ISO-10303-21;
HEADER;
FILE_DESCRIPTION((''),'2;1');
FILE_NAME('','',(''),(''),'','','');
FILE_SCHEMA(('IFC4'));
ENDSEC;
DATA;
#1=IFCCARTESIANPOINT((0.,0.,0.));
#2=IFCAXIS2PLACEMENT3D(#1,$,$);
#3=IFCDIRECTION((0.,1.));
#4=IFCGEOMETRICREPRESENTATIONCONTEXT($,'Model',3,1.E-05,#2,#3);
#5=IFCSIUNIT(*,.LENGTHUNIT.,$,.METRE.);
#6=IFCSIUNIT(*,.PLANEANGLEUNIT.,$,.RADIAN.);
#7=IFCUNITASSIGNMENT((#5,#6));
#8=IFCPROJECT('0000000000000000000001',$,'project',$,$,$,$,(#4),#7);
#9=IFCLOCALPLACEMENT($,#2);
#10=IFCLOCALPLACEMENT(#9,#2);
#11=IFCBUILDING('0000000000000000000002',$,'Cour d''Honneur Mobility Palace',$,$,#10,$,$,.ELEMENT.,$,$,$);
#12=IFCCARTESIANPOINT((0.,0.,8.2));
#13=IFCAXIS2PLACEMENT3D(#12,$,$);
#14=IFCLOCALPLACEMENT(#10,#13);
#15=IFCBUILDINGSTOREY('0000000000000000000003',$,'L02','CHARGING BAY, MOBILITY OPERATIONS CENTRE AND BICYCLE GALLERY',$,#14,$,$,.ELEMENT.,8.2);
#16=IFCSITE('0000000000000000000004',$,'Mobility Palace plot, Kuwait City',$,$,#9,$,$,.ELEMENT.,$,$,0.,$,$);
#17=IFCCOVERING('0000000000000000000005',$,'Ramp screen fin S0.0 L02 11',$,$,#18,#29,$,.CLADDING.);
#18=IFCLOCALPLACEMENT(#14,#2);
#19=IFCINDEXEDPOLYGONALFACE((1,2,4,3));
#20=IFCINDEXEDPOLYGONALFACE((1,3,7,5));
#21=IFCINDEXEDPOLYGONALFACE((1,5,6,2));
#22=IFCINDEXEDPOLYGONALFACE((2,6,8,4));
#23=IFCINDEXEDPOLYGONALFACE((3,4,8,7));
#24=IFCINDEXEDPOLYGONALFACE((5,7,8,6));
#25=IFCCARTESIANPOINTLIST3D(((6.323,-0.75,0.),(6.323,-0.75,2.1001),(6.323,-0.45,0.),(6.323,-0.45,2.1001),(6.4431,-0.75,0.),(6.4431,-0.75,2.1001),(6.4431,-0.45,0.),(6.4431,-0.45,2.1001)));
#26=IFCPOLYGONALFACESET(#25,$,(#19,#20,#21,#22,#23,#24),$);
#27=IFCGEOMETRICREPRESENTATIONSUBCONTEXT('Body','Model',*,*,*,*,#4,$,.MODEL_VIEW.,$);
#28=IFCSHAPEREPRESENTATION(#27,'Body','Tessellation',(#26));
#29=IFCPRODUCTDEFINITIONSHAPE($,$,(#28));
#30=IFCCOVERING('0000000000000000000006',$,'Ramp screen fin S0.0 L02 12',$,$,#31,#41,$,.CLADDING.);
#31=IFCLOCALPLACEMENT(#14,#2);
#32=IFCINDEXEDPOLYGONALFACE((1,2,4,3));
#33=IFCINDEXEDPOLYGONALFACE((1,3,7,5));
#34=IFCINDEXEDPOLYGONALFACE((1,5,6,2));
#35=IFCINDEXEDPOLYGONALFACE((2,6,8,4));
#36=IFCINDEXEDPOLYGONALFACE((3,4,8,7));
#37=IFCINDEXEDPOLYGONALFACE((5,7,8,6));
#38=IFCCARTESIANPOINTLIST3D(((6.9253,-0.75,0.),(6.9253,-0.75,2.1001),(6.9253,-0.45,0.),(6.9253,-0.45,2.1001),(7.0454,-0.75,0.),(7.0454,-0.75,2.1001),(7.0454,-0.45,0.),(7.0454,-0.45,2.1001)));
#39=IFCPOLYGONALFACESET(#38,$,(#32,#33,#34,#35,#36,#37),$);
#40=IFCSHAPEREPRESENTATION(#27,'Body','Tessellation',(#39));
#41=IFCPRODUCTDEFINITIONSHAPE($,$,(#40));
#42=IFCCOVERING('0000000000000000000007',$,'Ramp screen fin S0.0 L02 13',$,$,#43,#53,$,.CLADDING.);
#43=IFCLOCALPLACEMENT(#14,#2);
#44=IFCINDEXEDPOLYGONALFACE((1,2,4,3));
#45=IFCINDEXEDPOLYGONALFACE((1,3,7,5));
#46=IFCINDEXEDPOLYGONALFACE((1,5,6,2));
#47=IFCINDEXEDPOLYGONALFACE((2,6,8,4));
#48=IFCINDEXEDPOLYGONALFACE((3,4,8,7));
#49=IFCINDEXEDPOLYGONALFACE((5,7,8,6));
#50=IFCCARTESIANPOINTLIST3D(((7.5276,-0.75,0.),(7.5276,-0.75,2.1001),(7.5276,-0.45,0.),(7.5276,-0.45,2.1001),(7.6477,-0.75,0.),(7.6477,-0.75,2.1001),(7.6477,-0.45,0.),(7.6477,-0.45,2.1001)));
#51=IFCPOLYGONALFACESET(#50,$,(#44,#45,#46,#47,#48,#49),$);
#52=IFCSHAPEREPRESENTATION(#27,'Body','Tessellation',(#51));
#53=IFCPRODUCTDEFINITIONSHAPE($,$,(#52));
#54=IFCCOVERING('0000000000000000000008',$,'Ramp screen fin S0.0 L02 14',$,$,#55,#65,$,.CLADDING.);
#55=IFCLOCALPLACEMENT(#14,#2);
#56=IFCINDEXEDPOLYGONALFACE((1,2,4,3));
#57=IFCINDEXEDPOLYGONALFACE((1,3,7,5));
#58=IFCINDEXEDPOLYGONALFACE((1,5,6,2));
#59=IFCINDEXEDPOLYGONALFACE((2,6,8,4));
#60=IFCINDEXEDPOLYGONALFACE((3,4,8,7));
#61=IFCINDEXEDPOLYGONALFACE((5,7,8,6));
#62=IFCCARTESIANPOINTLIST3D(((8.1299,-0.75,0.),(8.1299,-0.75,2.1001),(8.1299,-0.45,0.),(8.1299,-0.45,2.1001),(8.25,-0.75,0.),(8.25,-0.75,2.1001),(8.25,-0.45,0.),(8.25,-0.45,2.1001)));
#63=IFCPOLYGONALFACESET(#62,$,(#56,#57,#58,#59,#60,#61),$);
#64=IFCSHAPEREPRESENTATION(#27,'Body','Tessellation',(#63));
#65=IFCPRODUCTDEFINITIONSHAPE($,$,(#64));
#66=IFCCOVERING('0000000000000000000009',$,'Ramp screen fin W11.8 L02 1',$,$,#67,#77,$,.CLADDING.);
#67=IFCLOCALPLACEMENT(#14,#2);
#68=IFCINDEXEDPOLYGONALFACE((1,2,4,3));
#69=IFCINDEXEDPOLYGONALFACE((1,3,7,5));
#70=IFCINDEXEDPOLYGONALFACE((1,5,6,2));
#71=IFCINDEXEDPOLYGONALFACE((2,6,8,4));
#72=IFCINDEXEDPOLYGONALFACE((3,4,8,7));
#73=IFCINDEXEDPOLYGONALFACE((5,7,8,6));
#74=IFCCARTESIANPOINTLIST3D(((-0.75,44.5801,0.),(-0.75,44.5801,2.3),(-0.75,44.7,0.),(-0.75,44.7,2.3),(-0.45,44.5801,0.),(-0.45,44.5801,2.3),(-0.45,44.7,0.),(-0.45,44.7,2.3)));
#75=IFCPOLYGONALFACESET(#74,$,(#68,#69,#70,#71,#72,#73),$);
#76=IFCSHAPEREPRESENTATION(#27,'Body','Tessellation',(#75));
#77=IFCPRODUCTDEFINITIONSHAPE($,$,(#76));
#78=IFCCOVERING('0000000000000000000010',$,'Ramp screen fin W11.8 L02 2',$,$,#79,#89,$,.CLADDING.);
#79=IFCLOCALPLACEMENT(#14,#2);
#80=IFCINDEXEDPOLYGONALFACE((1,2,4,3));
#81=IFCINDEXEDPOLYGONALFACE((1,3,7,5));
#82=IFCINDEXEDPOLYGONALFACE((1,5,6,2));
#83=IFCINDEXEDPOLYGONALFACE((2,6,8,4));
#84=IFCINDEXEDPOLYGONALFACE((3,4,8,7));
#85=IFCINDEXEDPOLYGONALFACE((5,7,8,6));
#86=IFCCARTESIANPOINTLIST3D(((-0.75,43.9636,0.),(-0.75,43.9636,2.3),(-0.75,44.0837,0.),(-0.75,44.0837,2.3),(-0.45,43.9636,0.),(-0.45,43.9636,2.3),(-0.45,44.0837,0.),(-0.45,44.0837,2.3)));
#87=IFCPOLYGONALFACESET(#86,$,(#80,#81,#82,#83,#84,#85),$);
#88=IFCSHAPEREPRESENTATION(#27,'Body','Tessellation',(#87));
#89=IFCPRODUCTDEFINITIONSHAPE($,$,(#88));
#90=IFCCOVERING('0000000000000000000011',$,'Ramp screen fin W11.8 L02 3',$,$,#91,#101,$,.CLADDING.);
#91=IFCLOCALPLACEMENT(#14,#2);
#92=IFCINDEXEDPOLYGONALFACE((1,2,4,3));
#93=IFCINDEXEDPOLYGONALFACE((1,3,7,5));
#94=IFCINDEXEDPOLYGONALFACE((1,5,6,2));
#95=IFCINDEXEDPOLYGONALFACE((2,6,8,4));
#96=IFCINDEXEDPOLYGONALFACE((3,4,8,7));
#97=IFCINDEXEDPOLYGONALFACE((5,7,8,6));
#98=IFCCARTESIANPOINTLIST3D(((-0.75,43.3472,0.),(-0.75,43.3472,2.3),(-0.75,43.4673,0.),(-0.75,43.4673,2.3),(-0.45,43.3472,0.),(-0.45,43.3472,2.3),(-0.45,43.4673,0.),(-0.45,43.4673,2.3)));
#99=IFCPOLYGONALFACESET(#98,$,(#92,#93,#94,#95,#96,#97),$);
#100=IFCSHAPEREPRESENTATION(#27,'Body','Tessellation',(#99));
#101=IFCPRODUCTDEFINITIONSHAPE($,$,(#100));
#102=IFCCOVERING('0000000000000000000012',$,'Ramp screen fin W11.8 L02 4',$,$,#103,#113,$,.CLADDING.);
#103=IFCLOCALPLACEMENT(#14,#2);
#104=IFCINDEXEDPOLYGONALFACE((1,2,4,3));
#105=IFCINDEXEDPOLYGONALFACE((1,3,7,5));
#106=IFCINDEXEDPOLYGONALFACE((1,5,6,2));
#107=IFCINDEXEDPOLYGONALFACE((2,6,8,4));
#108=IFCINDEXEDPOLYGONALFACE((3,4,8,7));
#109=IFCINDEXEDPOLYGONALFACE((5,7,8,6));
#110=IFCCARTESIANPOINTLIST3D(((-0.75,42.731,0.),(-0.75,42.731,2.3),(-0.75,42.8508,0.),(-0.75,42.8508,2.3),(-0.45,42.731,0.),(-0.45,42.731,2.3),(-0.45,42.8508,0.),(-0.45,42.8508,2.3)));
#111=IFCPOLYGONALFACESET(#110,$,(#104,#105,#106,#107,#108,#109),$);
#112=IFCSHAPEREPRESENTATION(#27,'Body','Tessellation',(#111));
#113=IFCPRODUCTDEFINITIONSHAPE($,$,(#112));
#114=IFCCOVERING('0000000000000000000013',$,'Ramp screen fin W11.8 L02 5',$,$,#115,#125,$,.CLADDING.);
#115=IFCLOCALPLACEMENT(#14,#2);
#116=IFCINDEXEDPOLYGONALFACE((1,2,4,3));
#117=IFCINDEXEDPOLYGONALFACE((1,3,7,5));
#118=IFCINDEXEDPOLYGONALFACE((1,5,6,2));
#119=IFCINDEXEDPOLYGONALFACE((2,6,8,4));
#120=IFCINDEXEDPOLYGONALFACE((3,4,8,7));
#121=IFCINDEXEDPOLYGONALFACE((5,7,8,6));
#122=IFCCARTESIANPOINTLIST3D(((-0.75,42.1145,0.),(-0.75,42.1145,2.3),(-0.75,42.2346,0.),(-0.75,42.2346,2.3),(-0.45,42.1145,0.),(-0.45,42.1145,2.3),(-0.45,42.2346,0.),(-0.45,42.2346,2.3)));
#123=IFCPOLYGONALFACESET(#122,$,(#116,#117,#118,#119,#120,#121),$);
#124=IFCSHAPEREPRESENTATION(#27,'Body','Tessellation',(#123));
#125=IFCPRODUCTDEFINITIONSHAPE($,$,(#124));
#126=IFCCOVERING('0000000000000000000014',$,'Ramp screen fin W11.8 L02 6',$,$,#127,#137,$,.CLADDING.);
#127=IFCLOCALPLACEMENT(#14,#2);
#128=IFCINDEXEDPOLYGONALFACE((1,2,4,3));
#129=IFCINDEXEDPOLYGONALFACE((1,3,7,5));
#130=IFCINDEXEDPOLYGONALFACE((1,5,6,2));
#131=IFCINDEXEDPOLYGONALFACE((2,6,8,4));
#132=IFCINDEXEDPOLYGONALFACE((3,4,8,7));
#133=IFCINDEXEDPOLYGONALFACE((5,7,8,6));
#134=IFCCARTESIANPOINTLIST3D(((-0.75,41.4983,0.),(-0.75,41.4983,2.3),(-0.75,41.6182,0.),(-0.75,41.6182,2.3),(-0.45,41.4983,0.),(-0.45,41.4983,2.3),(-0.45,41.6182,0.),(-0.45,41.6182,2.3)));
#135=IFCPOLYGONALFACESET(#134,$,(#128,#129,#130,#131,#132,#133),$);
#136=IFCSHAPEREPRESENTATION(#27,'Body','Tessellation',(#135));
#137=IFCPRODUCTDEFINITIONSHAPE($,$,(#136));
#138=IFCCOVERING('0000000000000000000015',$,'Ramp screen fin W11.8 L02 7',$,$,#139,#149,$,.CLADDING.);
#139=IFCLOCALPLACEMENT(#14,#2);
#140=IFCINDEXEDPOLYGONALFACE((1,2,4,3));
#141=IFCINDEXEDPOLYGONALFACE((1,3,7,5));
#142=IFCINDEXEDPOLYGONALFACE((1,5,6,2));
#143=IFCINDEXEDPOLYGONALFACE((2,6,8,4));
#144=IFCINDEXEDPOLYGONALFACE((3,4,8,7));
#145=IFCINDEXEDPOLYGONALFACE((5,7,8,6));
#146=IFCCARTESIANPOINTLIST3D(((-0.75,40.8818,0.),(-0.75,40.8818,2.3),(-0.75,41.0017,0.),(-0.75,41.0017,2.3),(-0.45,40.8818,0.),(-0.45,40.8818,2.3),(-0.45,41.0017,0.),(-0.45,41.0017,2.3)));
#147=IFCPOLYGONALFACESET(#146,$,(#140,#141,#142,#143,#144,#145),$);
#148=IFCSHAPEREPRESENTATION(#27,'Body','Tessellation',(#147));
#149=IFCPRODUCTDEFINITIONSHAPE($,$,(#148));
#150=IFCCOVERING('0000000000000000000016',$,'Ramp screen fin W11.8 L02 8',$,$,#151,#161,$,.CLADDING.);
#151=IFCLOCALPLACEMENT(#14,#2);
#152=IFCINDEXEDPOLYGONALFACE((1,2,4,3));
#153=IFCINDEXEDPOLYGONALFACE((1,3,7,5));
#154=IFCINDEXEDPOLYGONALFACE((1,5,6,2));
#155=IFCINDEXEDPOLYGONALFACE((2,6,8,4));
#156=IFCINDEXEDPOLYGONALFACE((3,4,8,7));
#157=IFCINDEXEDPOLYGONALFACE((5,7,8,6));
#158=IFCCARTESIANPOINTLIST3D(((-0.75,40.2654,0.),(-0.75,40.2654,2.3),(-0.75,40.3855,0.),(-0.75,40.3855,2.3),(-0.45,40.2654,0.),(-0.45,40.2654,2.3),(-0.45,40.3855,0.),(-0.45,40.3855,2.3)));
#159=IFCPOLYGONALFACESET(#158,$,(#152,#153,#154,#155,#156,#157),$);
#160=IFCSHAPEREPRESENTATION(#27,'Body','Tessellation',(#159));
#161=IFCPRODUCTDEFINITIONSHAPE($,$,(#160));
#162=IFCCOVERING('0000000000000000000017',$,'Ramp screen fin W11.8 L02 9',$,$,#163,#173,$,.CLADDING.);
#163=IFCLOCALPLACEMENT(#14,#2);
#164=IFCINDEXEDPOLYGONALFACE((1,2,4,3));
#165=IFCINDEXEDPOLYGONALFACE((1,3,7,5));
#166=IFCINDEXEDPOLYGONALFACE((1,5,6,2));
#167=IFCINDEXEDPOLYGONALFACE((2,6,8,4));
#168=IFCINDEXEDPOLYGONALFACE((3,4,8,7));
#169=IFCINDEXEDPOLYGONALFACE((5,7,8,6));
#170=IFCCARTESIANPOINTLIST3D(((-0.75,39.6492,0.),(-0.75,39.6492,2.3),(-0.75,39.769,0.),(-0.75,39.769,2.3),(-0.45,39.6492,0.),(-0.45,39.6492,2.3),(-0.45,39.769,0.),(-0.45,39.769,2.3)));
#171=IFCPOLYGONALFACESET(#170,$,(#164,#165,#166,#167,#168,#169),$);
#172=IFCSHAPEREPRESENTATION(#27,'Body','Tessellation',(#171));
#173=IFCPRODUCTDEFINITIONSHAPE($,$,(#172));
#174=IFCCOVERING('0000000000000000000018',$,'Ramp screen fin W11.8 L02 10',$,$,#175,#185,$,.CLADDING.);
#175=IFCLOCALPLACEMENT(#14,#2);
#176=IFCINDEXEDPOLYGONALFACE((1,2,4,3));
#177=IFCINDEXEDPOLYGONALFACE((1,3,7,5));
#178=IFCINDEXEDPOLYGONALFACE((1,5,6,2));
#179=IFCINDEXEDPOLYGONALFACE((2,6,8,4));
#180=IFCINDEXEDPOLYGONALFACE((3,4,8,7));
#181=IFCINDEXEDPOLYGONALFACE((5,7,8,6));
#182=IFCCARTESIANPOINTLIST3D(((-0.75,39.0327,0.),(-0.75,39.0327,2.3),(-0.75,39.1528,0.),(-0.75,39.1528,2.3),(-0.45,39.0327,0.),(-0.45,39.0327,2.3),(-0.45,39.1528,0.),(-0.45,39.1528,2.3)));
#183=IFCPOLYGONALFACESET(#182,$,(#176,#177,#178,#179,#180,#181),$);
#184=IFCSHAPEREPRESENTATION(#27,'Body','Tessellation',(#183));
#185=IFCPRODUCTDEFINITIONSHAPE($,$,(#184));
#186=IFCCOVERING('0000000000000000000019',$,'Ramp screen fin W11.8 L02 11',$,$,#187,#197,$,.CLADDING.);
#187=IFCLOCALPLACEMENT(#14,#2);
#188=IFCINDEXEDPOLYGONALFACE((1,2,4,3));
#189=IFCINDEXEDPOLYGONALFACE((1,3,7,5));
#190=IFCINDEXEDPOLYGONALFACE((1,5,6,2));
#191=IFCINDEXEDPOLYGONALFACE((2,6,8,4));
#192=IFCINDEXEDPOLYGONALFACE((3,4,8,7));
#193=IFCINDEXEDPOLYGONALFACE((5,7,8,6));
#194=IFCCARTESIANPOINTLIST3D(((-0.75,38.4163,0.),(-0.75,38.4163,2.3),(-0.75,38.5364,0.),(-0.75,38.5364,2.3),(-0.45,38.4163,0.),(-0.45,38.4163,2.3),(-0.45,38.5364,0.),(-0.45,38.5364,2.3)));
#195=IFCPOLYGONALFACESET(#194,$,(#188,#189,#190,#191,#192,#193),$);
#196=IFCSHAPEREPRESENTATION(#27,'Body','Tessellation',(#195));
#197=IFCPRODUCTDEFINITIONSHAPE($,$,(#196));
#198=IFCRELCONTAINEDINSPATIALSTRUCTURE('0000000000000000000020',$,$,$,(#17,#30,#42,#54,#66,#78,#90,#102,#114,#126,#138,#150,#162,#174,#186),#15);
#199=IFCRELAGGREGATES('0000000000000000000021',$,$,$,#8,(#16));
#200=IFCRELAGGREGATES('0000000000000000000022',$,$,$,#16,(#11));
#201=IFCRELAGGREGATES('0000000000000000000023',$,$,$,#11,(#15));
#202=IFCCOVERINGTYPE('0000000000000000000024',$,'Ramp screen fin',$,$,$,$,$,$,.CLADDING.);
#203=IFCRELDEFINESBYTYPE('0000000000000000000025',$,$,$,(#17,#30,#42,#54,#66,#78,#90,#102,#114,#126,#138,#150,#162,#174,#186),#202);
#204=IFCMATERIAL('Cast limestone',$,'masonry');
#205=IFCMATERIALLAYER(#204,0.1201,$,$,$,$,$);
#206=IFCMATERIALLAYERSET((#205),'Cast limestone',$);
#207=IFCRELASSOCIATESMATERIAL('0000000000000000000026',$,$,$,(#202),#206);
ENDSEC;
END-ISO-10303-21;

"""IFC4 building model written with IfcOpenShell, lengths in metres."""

from ifc_helpers import new_model, si_unit, direction, frame, origin, place, context, subcontext, project, spatial, polyline, outline, extrude, material, layer, layer_set, type_object, element, save


model = new_model("IFC4")

# Units and contexts
model_context = context("Model", 3, precision=1e-05, world=origin(), true_north=direction((0.0, 1.0)))
body_context = subcontext(model_context, "Body", "Model", "MODEL_VIEW")
ifc_project = project(units=[si_unit("LENGTHUNIT", "METRE"), si_unit("PLANEANGLEUNIT", "RADIAN")], contexts=[model_context])

# Site, building, storey
site_placement = place(None, origin())
site = spatial("IfcSite", under=ifc_project, at=site_placement, Name="Mobility Palace plot, Kuwait City", CompositionType="ELEMENT", RefElevation=0.0)
building_placement = place(site_placement, origin())
building = spatial("IfcBuilding", under=site, at=building_placement, Name="Cour d'Honneur Mobility Palace", CompositionType="ELEMENT")
storey_placement = place(building_placement, frame((0.0, 0.0, 8.2)))
storey = spatial("IfcBuildingStorey", under=building, at=storey_placement, Name="L02", Description="CHARGING BAY, MOBILITY OPERATIONS CENTRE AND BICYCLE GALLERY", CompositionType="ELEMENT", Elevation=8.2)

# Coverings
ifc_material = material(Name="Cast limestone", Category="masonry")
ifc_layer = layer(ifc_material, 0.1201)
ifc_layer_set = layer_set([ifc_layer], Name="Cast limestone")
covering_type = type_object("IfcCoveringType", Name="Ramp screen fin", PredefinedType="CLADDING", material=ifc_layer_set)
covering_1_placement = place(storey_placement, origin())
element("IfcCovering", 1, at=covering_1_placement, inside=storey, type_object=covering_type, Name="Ramp screen fin S0.0 L02 11", PredefinedType="CLADDING", context=body_context, shape_type="SweptSolid", body=[
    extrude(outline(polyline([(6.323, -0.45), (6.4431, -0.45), (6.4431, -0.75), (6.323, -0.75), (6.323, -0.45)])), origin(), (0.0, 0.0, 1.0), 2.1001),
])
covering_2_placement = place(storey_placement, origin())
element("IfcCovering", 2, at=covering_2_placement, inside=storey, type_object=covering_type, Name="Ramp screen fin S0.0 L02 12", PredefinedType="CLADDING", context=body_context, shape_type="SweptSolid", body=[
    extrude(outline(polyline([(6.9253, -0.45), (7.0454, -0.45), (7.0454, -0.75), (6.9253, -0.75), (6.9253, -0.45)])), origin(), (0.0, 0.0, 1.0), 2.1001),
])
covering_3_placement = place(storey_placement, origin())
element("IfcCovering", 3, at=covering_3_placement, inside=storey, type_object=covering_type, Name="Ramp screen fin S0.0 L02 13", PredefinedType="CLADDING", context=body_context, shape_type="SweptSolid", body=[
    extrude(outline(polyline([(7.5276, -0.45), (7.6477, -0.45), (7.6477, -0.75), (7.5276, -0.75), (7.5276, -0.45)])), origin(), (0.0, 0.0, 1.0), 2.1001),
])
covering_4_placement = place(storey_placement, origin())
element("IfcCovering", 4, at=covering_4_placement, inside=storey, type_object=covering_type, Name="Ramp screen fin S0.0 L02 14", PredefinedType="CLADDING", context=body_context, shape_type="SweptSolid", body=[
    extrude(outline(polyline([(8.1299, -0.45), (8.25, -0.45), (8.25, -0.75), (8.1299, -0.75), (8.1299, -0.45)])), origin(), (0.0, 0.0, 1.0), 2.1001),
])
covering_5_placement = place(storey_placement, origin())
element("IfcCovering", 5, at=covering_5_placement, inside=storey, type_object=covering_type, Name="Ramp screen fin W11.8 L02 1", PredefinedType="CLADDING", context=body_context, shape_type="SweptSolid", body=[
    extrude(outline(polyline([(-0.45, 44.7), (-0.45, 44.5801), (-0.75, 44.5801), (-0.75, 44.7), (-0.45, 44.7)])), origin(), (0.0, 0.0, 1.0), 2.3),
])
covering_6_placement = place(storey_placement, origin())
element("IfcCovering", 6, at=covering_6_placement, inside=storey, type_object=covering_type, Name="Ramp screen fin W11.8 L02 2", PredefinedType="CLADDING", context=body_context, shape_type="SweptSolid", body=[
    extrude(outline(polyline([(-0.45, 44.0837), (-0.45, 43.9636), (-0.75, 43.9636), (-0.75, 44.0837), (-0.45, 44.0837)])), origin(), (0.0, 0.0, 1.0), 2.3),
])
covering_7_placement = place(storey_placement, origin())
element("IfcCovering", 7, at=covering_7_placement, inside=storey, type_object=covering_type, Name="Ramp screen fin W11.8 L02 3", PredefinedType="CLADDING", context=body_context, shape_type="SweptSolid", body=[
    extrude(outline(polyline([(-0.45, 43.4673), (-0.45, 43.3472), (-0.75, 43.3472), (-0.75, 43.4673), (-0.45, 43.4673)])), origin(), (0.0, 0.0, 1.0), 2.3),
])
covering_8_placement = place(storey_placement, origin())
element("IfcCovering", 8, at=covering_8_placement, inside=storey, type_object=covering_type, Name="Ramp screen fin W11.8 L02 4", PredefinedType="CLADDING", context=body_context, shape_type="SweptSolid", body=[
    extrude(outline(polyline([(-0.45, 42.8508), (-0.45, 42.731), (-0.75, 42.731), (-0.75, 42.8508), (-0.45, 42.8508)])), origin(), (0.0, 0.0, 1.0), 2.3),
])
covering_9_placement = place(storey_placement, origin())
element("IfcCovering", 9, at=covering_9_placement, inside=storey, type_object=covering_type, Name="Ramp screen fin W11.8 L02 5", PredefinedType="CLADDING", context=body_context, shape_type="SweptSolid", body=[
    extrude(outline(polyline([(-0.45, 42.2346), (-0.45, 42.1145), (-0.75, 42.1145), (-0.75, 42.2346), (-0.45, 42.2346)])), origin(), (0.0, 0.0, 1.0), 2.3),
])
covering_10_placement = place(storey_placement, origin())
element("IfcCovering", 10, at=covering_10_placement, inside=storey, type_object=covering_type, Name="Ramp screen fin W11.8 L02 6", PredefinedType="CLADDING", context=body_context, shape_type="SweptSolid", body=[
    extrude(outline(polyline([(-0.45, 41.6182), (-0.45, 41.4983), (-0.75, 41.4983), (-0.75, 41.6182), (-0.45, 41.6182)])), origin(), (0.0, 0.0, 1.0), 2.3),
])
covering_11_placement = place(storey_placement, origin())
element("IfcCovering", 11, at=covering_11_placement, inside=storey, type_object=covering_type, Name="Ramp screen fin W11.8 L02 7", PredefinedType="CLADDING", context=body_context, shape_type="SweptSolid", body=[
    extrude(outline(polyline([(-0.45, 41.0017), (-0.45, 40.8818), (-0.75, 40.8818), (-0.75, 41.0017), (-0.45, 41.0017)])), origin(), (0.0, 0.0, 1.0), 2.3),
])
covering_12_placement = place(storey_placement, origin())
element("IfcCovering", 12, at=covering_12_placement, inside=storey, type_object=covering_type, Name="Ramp screen fin W11.8 L02 8", PredefinedType="CLADDING", context=body_context, shape_type="SweptSolid", body=[
    extrude(outline(polyline([(-0.45, 40.3855), (-0.45, 40.2654), (-0.75, 40.2654), (-0.75, 40.3855), (-0.45, 40.3855)])), origin(), (0.0, 0.0, 1.0), 2.3),
])
covering_13_placement = place(storey_placement, origin())
element("IfcCovering", 13, at=covering_13_placement, inside=storey, type_object=covering_type, Name="Ramp screen fin W11.8 L02 9", PredefinedType="CLADDING", context=body_context, shape_type="SweptSolid", body=[
    extrude(outline(polyline([(-0.45, 39.769), (-0.45, 39.6492), (-0.75, 39.6492), (-0.75, 39.769), (-0.45, 39.769)])), origin(), (0.0, 0.0, 1.0), 2.3),
])
covering_14_placement = place(storey_placement, origin())
element("IfcCovering", 14, at=covering_14_placement, inside=storey, type_object=covering_type, Name="Ramp screen fin W11.8 L02 10", PredefinedType="CLADDING", context=body_context, shape_type="SweptSolid", body=[
    extrude(outline(polyline([(-0.45, 39.1528), (-0.45, 39.0327), (-0.75, 39.0327), (-0.75, 39.1528), (-0.45, 39.1528)])), origin(), (0.0, 0.0, 1.0), 2.3),
])
covering_15_placement = place(storey_placement, origin())
element("IfcCovering", 15, at=covering_15_placement, inside=storey, type_object=covering_type, Name="Ramp screen fin W11.8 L02 11", PredefinedType="CLADDING", context=body_context, shape_type="SweptSolid", body=[
    extrude(outline(polyline([(-0.45, 38.5364), (-0.45, 38.4163), (-0.75, 38.4163), (-0.75, 38.5364), (-0.45, 38.5364)])), origin(), (0.0, 0.0, 1.0), 2.3),
])

save(model, "model.ifc")
